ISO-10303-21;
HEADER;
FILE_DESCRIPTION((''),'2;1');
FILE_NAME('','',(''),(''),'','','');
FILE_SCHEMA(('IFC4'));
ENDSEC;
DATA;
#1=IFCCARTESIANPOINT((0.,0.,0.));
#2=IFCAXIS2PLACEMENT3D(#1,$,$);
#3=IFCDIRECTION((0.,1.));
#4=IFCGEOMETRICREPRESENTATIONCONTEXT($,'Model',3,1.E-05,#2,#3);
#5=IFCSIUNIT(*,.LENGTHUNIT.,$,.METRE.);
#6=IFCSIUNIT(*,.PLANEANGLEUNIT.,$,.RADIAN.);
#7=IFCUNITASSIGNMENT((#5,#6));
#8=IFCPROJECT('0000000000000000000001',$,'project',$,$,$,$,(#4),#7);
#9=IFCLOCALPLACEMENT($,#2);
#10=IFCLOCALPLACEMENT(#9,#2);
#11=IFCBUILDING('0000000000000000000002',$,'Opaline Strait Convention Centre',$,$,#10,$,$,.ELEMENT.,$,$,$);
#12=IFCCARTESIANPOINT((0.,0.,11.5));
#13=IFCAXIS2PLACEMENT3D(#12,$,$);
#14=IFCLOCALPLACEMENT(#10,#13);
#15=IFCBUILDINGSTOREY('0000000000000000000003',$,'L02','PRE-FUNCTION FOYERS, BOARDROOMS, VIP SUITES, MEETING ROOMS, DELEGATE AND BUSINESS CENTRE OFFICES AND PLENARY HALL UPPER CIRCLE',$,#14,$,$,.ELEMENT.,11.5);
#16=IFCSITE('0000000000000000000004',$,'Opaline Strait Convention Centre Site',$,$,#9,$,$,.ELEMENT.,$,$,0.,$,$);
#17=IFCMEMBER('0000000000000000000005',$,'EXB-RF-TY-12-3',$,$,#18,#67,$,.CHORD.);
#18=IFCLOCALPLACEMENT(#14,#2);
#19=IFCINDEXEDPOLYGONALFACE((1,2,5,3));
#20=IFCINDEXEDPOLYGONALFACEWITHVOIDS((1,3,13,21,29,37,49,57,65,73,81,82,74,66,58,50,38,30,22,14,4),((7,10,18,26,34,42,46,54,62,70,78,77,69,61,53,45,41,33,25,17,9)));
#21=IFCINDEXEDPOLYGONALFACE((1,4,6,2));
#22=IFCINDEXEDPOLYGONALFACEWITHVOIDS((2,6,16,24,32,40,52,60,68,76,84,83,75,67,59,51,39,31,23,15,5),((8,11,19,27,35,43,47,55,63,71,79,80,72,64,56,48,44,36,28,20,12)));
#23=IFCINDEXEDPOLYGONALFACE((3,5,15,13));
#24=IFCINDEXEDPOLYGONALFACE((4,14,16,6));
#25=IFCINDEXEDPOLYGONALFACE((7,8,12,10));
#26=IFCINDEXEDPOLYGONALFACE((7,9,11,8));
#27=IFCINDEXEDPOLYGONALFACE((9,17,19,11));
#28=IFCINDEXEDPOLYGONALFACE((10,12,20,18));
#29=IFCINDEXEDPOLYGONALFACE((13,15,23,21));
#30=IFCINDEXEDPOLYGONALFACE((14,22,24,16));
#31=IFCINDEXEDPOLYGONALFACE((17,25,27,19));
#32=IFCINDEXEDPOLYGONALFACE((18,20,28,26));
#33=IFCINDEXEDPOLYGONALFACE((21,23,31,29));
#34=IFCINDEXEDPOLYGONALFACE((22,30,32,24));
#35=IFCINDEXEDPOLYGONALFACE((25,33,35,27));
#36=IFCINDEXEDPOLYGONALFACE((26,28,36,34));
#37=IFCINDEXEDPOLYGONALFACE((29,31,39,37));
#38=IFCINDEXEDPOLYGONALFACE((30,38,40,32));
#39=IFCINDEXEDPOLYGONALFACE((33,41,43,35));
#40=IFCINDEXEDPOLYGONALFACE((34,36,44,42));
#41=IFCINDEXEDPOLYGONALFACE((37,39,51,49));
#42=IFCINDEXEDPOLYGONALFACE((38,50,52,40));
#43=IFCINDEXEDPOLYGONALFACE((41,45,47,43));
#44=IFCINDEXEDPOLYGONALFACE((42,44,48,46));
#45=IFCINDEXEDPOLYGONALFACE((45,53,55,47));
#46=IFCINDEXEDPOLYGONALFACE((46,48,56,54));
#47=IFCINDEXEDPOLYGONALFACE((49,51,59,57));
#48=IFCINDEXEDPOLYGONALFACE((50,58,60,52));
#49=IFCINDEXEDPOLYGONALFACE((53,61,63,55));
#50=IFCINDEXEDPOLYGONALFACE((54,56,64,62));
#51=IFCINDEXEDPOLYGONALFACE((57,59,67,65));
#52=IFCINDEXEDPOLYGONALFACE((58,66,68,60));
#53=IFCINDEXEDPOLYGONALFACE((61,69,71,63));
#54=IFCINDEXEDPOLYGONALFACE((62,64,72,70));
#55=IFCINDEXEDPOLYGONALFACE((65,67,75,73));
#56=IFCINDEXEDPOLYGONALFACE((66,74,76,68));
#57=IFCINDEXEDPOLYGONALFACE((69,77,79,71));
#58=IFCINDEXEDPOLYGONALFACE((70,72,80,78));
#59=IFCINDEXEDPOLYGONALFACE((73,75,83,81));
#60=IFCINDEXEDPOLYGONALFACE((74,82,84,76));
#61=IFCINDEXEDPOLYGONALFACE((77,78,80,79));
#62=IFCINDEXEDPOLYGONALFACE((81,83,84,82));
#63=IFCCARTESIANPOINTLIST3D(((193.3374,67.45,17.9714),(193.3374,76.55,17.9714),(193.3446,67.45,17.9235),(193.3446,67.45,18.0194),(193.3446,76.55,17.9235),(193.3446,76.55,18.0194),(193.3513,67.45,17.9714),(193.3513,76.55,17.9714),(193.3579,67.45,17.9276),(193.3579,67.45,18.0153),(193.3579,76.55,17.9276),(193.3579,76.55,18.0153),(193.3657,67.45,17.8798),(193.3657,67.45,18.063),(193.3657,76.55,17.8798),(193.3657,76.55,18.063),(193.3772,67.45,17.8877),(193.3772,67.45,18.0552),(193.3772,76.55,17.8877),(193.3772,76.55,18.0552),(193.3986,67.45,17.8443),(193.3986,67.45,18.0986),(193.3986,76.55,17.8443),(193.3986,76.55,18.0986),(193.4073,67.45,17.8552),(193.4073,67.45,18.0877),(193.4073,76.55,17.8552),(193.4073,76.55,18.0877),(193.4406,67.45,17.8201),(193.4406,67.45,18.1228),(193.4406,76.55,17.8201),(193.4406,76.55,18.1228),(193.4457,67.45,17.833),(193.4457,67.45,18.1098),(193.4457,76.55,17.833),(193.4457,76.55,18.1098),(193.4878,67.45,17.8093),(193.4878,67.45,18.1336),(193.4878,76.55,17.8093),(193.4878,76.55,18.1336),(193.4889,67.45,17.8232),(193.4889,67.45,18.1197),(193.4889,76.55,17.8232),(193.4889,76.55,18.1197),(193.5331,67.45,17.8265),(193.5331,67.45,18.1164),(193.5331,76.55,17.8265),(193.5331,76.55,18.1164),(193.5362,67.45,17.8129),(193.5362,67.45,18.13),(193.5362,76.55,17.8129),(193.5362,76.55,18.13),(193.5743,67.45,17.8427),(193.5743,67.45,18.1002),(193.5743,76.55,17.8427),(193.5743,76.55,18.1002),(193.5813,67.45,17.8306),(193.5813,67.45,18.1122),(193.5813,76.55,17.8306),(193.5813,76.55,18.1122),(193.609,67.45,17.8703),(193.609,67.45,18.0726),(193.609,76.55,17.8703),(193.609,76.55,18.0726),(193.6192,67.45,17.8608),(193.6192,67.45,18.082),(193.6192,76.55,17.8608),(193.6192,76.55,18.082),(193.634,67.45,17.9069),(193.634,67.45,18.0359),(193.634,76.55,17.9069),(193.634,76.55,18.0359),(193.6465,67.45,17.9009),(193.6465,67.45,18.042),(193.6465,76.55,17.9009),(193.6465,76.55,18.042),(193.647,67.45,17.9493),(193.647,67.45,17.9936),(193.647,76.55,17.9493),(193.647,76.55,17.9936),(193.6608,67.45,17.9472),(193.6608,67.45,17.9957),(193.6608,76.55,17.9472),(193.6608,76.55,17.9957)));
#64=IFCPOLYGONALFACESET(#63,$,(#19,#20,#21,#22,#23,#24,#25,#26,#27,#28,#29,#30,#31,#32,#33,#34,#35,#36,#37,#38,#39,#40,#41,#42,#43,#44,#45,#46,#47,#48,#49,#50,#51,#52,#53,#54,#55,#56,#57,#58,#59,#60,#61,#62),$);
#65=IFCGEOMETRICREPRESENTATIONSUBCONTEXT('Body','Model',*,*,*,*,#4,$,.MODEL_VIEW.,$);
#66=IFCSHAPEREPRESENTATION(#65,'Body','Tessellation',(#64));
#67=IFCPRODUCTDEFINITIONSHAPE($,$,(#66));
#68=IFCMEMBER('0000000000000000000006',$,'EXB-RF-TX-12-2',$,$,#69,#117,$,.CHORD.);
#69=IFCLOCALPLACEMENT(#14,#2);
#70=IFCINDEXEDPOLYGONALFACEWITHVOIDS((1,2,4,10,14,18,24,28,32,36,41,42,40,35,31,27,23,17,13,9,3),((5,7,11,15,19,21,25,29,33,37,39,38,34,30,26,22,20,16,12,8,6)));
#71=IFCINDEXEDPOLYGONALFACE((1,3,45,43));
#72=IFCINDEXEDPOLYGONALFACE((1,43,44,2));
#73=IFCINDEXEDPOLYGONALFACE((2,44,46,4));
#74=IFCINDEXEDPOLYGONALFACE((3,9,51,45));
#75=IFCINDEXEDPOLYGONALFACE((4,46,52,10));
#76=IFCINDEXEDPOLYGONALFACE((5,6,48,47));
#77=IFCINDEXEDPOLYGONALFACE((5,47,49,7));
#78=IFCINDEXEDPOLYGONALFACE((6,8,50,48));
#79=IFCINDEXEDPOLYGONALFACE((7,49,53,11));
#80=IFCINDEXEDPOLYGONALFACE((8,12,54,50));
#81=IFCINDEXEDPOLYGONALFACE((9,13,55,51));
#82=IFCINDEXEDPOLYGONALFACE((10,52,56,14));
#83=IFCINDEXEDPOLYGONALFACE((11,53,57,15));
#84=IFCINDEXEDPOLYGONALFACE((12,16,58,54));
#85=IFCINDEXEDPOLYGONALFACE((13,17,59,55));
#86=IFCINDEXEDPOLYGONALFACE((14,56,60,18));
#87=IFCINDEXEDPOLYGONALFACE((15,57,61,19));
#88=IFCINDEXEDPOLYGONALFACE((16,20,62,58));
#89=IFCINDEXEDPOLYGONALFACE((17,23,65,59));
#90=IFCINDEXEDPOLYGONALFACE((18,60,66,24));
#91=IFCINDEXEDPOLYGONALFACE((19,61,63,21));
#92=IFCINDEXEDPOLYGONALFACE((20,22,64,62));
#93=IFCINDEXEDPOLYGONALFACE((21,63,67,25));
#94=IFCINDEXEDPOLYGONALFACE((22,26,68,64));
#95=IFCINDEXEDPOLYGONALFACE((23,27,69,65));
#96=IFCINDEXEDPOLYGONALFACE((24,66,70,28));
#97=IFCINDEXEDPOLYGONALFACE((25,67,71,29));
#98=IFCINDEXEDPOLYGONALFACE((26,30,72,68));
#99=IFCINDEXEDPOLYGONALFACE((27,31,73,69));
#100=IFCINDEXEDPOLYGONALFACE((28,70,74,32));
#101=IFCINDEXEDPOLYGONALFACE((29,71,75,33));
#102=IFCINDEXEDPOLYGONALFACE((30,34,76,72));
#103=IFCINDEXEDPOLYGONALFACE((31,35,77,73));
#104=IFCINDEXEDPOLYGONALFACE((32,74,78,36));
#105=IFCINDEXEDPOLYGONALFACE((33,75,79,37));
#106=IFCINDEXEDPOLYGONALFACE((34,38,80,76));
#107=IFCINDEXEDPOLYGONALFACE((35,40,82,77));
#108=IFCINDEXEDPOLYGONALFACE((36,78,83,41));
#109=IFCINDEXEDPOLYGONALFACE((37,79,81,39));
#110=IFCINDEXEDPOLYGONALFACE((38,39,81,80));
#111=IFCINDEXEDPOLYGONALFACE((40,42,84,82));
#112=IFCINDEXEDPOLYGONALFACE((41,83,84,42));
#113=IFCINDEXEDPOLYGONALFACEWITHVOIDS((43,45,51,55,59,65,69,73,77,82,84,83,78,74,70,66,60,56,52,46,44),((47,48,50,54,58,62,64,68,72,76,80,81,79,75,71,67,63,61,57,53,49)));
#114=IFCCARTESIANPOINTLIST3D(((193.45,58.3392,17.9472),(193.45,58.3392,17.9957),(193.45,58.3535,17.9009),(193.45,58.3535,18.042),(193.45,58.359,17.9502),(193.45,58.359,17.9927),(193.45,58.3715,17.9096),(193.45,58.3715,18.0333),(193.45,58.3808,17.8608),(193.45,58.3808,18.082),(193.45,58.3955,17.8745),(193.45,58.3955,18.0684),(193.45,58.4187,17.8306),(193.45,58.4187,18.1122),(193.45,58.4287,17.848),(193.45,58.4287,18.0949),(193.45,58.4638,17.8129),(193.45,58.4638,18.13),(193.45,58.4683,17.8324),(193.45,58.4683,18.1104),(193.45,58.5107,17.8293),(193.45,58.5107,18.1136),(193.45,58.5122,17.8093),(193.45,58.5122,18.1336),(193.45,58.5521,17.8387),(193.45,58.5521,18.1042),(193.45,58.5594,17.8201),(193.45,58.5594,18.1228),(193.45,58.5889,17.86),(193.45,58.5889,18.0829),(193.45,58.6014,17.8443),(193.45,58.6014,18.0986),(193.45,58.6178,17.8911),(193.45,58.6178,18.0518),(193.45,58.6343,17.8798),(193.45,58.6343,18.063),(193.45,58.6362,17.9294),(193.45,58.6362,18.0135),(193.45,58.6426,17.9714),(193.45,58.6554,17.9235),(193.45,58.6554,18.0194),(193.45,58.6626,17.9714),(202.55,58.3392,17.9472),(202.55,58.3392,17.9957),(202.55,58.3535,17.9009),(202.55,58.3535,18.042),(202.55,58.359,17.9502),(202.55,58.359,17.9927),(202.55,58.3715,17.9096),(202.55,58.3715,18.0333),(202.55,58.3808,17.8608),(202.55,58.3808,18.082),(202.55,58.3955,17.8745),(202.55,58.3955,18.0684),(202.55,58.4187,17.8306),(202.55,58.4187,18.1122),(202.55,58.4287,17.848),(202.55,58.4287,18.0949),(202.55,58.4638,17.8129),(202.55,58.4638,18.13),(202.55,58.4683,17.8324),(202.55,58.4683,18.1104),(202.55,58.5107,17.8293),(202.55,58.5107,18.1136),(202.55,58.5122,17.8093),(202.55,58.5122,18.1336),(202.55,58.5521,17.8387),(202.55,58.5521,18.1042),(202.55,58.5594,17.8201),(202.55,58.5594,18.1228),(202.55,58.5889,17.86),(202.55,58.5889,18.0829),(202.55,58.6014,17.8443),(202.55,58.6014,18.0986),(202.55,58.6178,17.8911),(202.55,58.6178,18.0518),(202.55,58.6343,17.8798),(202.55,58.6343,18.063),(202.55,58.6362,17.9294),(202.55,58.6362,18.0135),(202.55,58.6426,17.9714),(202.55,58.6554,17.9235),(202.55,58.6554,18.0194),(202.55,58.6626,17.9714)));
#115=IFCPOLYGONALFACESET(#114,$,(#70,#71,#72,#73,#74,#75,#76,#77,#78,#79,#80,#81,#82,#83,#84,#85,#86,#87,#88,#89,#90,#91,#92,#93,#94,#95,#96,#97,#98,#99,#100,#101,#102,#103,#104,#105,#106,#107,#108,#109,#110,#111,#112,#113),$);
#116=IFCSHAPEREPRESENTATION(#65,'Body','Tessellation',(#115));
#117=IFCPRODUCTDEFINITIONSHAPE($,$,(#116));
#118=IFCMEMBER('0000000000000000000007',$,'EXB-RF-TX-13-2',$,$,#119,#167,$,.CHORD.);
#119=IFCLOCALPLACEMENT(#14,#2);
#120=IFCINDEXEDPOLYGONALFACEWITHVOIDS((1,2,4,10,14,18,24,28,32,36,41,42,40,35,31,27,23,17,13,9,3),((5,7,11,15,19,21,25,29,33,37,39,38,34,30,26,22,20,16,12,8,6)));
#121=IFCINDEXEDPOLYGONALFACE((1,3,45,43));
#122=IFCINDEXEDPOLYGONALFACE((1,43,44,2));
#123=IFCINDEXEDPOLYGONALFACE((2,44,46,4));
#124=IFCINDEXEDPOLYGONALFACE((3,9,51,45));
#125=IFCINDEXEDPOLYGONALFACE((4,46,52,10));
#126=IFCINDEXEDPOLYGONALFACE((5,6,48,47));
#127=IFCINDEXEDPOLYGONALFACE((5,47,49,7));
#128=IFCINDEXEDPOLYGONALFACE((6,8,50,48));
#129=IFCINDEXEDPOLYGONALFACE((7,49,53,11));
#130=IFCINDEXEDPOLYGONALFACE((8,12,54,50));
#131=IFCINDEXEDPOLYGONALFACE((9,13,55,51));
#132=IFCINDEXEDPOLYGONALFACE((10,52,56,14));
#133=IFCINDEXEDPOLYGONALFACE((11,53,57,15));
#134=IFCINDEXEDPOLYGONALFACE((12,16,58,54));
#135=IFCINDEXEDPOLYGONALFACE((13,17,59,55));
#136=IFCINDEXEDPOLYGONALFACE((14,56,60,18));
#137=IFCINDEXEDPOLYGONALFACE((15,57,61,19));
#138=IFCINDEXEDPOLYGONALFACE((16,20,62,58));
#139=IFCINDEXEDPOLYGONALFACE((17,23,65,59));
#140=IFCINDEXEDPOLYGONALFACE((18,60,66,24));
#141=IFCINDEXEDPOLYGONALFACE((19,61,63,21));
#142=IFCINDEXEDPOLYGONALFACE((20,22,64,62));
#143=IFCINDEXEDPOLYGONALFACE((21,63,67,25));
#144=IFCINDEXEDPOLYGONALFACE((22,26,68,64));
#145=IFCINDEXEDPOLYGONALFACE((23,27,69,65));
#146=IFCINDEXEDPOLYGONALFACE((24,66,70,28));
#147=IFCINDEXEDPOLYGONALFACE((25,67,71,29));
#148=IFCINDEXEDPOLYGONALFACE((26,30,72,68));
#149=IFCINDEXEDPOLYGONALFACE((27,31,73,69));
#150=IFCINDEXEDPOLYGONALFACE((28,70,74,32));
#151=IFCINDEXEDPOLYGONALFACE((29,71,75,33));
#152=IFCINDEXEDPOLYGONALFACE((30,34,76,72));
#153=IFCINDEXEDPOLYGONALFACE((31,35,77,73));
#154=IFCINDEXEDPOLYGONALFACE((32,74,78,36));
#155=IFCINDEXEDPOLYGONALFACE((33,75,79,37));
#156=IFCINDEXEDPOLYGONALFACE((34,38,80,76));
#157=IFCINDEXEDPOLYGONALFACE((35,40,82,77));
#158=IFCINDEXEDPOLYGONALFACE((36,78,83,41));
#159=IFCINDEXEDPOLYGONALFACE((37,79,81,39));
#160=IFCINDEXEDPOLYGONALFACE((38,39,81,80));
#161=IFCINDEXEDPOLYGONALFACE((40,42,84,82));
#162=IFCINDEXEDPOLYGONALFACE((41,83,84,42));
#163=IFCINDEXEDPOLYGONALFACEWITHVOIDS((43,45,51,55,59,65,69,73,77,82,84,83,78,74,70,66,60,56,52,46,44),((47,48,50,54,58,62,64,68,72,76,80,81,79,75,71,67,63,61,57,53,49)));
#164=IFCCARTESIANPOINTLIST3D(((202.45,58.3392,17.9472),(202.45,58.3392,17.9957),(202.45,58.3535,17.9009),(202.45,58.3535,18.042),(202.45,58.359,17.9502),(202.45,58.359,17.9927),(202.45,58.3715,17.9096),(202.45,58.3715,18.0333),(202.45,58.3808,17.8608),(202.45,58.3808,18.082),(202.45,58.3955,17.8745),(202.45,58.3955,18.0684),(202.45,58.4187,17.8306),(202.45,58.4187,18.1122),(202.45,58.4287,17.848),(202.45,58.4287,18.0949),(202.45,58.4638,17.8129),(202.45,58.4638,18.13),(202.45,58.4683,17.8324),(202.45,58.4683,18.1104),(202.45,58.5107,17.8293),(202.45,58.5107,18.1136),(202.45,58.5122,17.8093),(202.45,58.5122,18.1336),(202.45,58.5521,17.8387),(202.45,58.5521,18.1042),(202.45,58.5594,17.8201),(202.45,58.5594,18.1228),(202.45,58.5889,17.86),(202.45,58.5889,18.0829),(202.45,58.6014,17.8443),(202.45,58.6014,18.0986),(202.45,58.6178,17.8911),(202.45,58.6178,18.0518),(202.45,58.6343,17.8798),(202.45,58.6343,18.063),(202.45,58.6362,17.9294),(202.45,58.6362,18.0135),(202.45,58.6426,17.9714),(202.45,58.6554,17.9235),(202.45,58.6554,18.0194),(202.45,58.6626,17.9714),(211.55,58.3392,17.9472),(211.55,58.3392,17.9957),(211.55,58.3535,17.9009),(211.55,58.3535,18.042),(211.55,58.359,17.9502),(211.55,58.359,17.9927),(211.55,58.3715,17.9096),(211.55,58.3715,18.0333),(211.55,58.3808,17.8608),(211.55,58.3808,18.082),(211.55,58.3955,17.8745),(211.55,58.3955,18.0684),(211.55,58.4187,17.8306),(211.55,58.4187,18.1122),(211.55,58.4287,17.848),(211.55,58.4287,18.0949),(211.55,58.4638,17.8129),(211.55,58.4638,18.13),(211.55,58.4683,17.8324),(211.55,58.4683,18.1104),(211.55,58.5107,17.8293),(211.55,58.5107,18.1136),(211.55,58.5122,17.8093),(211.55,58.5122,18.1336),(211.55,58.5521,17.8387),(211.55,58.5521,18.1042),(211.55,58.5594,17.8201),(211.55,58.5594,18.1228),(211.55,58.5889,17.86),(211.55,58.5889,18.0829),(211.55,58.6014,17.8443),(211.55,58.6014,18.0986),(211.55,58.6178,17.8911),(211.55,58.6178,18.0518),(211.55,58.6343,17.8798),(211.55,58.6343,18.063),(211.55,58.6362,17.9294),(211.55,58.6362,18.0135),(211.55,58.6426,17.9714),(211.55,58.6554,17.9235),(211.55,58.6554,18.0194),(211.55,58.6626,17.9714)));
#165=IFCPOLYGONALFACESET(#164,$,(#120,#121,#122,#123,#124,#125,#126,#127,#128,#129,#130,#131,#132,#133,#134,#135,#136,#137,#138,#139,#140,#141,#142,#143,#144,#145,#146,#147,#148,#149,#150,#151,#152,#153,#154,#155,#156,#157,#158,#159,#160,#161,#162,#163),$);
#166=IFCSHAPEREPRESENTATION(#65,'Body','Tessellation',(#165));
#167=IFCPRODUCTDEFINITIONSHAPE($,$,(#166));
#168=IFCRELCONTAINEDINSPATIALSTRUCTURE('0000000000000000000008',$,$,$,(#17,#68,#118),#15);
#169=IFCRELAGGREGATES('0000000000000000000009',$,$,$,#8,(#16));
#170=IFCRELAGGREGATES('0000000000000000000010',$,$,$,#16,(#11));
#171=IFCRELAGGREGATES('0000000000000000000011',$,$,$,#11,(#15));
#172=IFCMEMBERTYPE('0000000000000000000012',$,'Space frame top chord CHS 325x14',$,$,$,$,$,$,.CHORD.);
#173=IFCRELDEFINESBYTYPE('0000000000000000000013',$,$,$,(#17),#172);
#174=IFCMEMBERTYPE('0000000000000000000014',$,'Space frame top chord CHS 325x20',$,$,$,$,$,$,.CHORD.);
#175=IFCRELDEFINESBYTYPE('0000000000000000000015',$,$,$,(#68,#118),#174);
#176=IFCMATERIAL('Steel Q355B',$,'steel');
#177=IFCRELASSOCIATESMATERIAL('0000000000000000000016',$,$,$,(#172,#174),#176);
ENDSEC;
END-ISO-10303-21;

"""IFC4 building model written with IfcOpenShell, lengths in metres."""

from ifc_helpers import new_model, si_unit, direction, frame, origin, origin_2d, place, context, subcontext, project, spatial, hollow_circle, extrude, material, material_profile, profile_set, type_object, element, save


model = new_model("IFC4")

# Units and contexts
model_context = context("Model", 3, precision=1e-05, world=origin(), true_north=direction((0.0, 1.0)))
body_context = subcontext(model_context, "Body", "Model", "MODEL_VIEW")
ifc_project = project(units=[si_unit("LENGTHUNIT", "METRE"), si_unit("PLANEANGLEUNIT", "RADIAN")], contexts=[model_context])

# Site, building, storey
site_placement = place(None, origin())
site = spatial("IfcSite", under=ifc_project, at=site_placement, Name="Opaline Strait Convention Centre Site", CompositionType="ELEMENT", RefElevation=0.0)
building_placement = place(site_placement, origin())
building = spatial("IfcBuilding", under=site, at=building_placement, Name="Opaline Strait Convention Centre", CompositionType="ELEMENT")
storey_placement = place(building_placement, frame((0.0, 0.0, 11.5)))
storey = spatial("IfcBuildingStorey", under=building, at=storey_placement, Name="L02", Description="PRE-FUNCTION FOYERS, BOARDROOMS, VIP SUITES, MEETING ROOMS, DELEGATE AND BUSINESS CENTRE OFFICES AND PLENARY HALL UPPER CIRCLE", CompositionType="ELEMENT", Elevation=11.5)

# Members
ifc_material = material(Name="Steel Q355B", Category="steel")
ifc_material_profile_1 = material_profile(ifc_material, hollow_circle(Radius=0.1626, WallThickness=0.0139, at=origin_2d()), Name="CHS 325x14")
ifc_profile_set_1 = profile_set([ifc_material_profile_1], Name="Steel Q355B")
member_type_1 = type_object("IfcMemberType", Name="Space frame top chord CHS 325x14", PredefinedType="CHORD", material=ifc_profile_set_1)
for number, where, z_axis, x_axis, name in (
    (1, (193.5, 67.45, 17.9714), (0.0, 1.0, 0.0), (-1.0, 0.0, 0.0), "EXB-RF-TY-12-3"),
):
    element("IfcMember", number, at=place(storey_placement, frame(where, z_axis=z_axis, x_axis=x_axis)), inside=storey, type_object=member_type_1, Name=name, PredefinedType="CHORD", context=body_context, shape_type="SweptSolid", body=[
        extrude(hollow_circle(Radius=0.1626, WallThickness=0.0139, at=origin_2d()), origin(), (0.0, 0.0, 1.0), 9.1001),
    ])
ifc_material_profile_2 = material_profile(ifc_material, hollow_circle(Radius=0.1626, WallThickness=0.02, at=origin_2d()), Name="CHS 325x20")
ifc_profile_set_2 = profile_set([ifc_material_profile_2], Name="Steel Q355B")
member_type_2 = type_object("IfcMemberType", Name="Space frame top chord CHS 325x20", PredefinedType="CHORD", material=ifc_profile_set_2)
for number, where, z_axis, x_axis, name in (
    (2, (193.45, 58.5, 17.9714), (1.0, 0.0, 0.0), (0.0, 1.0, 0.0), "EXB-RF-TX-12-2"),
    (3, (202.45, 58.5, 17.9714), (1.0, 0.0, 0.0), (0.0, 1.0, 0.0), "EXB-RF-TX-13-2"),
):
    element("IfcMember", number, at=place(storey_placement, frame(where, z_axis=z_axis, x_axis=x_axis)), inside=storey, type_object=member_type_2, Name=name, PredefinedType="CHORD", context=body_context, shape_type="SweptSolid", body=[
        extrude(hollow_circle(Radius=0.1626, WallThickness=0.02, at=origin_2d()), origin(), (0.0, 0.0, 1.0), 9.1001),
    ])

save(model, "model.ifc")
